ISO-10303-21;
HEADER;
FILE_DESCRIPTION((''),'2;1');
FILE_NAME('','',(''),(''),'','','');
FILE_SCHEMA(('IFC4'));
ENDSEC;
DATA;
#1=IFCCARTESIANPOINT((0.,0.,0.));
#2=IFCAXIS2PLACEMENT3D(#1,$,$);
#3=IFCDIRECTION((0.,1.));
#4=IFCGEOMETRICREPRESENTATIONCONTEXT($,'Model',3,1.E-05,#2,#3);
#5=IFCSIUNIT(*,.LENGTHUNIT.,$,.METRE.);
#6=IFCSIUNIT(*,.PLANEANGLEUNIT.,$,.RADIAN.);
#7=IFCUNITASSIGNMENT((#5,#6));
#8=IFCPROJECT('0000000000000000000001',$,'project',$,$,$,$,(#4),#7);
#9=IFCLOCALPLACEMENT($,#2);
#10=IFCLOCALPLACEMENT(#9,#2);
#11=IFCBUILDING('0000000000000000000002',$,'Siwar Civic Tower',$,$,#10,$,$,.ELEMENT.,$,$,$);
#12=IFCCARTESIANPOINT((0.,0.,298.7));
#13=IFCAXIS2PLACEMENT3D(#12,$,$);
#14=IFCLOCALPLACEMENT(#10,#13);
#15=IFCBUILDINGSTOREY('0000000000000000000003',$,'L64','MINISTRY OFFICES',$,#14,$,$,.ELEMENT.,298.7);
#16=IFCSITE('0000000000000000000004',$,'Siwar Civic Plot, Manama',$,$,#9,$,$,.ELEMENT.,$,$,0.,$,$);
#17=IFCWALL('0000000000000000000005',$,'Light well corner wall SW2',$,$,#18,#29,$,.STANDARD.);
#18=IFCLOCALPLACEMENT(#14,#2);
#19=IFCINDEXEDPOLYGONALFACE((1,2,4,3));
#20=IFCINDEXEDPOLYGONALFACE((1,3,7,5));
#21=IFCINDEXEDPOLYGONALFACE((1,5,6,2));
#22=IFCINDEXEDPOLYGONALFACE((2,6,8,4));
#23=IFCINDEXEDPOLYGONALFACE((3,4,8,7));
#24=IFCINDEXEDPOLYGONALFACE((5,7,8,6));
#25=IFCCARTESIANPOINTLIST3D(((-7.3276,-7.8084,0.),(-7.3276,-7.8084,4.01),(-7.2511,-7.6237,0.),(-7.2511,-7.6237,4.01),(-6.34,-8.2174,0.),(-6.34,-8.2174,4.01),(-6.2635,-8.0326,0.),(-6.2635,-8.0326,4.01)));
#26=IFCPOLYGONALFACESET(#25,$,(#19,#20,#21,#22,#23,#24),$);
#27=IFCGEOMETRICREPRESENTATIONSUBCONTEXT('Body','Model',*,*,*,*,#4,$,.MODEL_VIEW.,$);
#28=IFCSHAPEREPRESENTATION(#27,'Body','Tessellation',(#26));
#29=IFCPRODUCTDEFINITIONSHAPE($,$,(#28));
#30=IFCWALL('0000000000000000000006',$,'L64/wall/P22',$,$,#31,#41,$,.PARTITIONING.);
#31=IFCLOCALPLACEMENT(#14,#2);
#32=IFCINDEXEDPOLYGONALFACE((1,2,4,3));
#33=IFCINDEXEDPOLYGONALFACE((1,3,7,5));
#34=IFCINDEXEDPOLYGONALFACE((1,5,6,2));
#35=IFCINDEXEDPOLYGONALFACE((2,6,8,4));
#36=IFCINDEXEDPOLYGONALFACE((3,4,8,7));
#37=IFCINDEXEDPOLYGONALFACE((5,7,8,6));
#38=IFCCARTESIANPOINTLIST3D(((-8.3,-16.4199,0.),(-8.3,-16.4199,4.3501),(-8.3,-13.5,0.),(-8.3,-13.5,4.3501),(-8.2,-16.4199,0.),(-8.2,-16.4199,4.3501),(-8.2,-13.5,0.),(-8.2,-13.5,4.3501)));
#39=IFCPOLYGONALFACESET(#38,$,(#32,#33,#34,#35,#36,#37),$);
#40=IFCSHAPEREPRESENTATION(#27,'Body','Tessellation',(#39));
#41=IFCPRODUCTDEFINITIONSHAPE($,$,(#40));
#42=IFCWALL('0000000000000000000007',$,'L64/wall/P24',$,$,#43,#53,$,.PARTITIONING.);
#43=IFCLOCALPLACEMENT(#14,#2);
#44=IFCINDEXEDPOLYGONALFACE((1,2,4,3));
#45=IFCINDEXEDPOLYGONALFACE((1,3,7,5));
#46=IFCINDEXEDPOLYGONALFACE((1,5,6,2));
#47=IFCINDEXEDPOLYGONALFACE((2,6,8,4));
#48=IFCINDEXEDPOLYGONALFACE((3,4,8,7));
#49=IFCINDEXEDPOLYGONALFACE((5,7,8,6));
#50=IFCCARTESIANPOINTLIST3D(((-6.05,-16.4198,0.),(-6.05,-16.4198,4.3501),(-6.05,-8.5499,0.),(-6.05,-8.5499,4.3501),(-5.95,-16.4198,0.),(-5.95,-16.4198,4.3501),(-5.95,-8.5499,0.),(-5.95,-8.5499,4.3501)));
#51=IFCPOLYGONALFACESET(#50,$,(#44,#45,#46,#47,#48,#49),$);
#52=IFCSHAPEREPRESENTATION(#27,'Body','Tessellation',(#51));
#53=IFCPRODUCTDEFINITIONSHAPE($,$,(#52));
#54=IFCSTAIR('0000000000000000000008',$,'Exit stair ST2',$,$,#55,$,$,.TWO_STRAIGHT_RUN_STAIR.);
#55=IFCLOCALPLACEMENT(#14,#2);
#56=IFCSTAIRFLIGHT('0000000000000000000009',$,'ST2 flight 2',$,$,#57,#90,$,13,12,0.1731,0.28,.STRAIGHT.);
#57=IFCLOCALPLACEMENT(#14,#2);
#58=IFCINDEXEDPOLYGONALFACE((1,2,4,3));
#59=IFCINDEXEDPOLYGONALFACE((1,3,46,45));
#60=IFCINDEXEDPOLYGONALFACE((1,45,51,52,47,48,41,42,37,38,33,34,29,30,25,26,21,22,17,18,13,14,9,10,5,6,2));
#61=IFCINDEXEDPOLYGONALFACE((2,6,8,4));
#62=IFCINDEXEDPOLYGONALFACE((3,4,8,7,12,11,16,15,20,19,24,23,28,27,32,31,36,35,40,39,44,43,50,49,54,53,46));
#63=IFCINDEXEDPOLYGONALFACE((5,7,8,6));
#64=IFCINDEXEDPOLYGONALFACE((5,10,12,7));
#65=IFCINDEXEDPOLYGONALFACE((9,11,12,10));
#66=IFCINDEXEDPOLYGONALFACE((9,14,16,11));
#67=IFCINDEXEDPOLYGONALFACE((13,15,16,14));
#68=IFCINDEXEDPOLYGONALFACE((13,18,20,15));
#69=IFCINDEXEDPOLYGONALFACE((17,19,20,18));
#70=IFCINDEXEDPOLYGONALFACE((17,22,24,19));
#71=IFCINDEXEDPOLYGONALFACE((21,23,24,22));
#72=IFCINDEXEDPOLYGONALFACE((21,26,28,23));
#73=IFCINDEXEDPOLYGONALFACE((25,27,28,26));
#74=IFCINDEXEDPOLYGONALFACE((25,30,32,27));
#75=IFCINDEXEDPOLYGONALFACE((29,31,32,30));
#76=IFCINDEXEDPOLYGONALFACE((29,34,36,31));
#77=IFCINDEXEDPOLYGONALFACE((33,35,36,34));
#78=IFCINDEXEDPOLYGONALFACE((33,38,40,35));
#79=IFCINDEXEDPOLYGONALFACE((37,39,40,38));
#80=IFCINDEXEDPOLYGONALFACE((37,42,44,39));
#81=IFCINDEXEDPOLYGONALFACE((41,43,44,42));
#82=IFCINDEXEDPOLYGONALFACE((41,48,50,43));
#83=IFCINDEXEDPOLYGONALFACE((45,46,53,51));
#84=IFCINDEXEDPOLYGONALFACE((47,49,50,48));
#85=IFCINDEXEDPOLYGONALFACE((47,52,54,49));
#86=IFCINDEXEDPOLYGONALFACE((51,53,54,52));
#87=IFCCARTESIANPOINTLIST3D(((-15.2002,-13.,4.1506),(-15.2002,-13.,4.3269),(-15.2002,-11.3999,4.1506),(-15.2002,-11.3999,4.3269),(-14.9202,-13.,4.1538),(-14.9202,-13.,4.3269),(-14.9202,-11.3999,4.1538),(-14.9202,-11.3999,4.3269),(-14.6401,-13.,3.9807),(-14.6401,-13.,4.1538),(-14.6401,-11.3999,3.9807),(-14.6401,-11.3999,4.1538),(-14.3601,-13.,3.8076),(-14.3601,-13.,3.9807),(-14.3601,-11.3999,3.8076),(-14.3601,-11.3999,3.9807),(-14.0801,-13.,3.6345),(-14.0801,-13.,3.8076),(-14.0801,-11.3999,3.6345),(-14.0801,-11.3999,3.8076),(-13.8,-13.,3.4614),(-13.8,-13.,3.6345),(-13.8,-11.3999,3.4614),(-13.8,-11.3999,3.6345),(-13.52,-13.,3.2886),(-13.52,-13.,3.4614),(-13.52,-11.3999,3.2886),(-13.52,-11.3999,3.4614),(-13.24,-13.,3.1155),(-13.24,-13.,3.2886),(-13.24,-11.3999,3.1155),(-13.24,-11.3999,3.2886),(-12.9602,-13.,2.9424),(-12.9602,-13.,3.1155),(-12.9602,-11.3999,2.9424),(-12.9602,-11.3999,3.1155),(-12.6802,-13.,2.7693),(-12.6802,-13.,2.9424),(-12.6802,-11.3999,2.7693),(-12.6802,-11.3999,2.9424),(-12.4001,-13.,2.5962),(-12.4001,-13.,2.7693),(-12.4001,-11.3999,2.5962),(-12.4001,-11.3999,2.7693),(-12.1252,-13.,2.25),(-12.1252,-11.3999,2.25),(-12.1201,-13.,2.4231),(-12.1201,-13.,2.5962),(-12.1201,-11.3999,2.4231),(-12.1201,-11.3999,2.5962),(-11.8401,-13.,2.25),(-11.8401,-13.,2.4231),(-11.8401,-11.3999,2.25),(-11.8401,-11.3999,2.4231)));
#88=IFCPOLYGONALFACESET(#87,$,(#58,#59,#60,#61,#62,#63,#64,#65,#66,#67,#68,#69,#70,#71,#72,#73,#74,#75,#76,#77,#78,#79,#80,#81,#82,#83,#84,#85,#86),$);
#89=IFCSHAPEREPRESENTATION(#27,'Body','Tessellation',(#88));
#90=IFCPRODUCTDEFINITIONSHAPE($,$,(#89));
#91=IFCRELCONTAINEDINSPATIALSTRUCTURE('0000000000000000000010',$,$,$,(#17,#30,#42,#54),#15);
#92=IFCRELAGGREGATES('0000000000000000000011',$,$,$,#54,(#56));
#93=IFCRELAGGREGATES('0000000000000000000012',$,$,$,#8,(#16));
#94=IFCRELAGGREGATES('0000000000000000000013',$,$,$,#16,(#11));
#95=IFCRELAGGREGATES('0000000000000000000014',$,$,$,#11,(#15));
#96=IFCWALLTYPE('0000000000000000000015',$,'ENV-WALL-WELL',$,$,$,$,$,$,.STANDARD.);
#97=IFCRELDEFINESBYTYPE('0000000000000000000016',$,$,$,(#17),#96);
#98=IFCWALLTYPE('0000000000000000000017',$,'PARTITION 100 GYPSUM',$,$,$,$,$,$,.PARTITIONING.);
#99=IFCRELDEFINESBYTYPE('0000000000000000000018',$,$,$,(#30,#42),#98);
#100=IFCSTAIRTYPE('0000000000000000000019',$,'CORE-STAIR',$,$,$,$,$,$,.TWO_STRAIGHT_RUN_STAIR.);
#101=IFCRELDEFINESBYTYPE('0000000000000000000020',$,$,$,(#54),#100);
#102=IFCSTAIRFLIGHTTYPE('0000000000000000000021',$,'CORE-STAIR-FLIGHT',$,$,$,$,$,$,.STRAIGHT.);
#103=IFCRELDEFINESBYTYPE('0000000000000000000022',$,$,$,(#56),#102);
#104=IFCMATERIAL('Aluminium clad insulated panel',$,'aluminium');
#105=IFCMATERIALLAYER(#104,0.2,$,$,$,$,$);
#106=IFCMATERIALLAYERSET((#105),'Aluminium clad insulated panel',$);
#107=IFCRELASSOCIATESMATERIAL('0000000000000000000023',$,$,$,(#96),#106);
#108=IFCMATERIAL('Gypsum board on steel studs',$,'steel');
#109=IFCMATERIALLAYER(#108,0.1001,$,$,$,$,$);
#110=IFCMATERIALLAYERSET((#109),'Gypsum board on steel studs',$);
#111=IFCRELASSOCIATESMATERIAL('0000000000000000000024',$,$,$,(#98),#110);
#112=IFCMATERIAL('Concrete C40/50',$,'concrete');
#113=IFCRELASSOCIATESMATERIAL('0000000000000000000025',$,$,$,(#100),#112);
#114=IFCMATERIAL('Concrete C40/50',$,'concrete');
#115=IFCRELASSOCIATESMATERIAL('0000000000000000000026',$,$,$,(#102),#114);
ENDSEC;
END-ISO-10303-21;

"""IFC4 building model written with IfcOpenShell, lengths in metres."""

from ifc_helpers import new_model, si_unit, direction, frame, frame_2d, origin, place, context, subcontext, project, spatial, polyline, rectangle, outline, extrude, material, layer, layer_set, type_object, element, aggregate, save


model = new_model("IFC4")

# Units and contexts
model_context = context("Model", 3, precision=1e-05, world=origin(), true_north=direction((0.0, 1.0)))
body_context = subcontext(model_context, "Body", "Model", "MODEL_VIEW")
ifc_project = project(units=[si_unit("LENGTHUNIT", "METRE"), si_unit("PLANEANGLEUNIT", "RADIAN")], contexts=[model_context])

# Site, building, storey
site_placement = place(None, origin())
site = spatial("IfcSite", under=ifc_project, at=site_placement, Name="Siwar Civic Plot, Manama", CompositionType="ELEMENT", RefElevation=0.0)
building_placement = place(site_placement, origin())
building = spatial("IfcBuilding", under=site, at=building_placement, Name="Siwar Civic Tower", CompositionType="ELEMENT")
storey_placement = place(building_placement, frame((0.0, 0.0, 298.7)))
storey = spatial("IfcBuildingStorey", under=building, at=storey_placement, Name="L64", Description="MINISTRY OFFICES", CompositionType="ELEMENT", Elevation=298.7)

# Walls
ifc_material_1 = material(Name="Aluminium clad insulated panel", Category="aluminium")
ifc_layer_1 = layer(ifc_material_1, 0.2)
ifc_layer_set_1 = layer_set([ifc_layer_1], Name="Aluminium clad insulated panel")
wall_type_1 = type_object("IfcWallType", Name="ENV-WALL-WELL", PredefinedType="STANDARD", material=ifc_layer_set_1)
wall_1_placement = place(storey_placement, frame((-7.2893, -7.7161, 0.0), z_axis=(0.0, 0.0, 1.0), x_axis=(0.923919, -0.382587, 0.0)))
element("IfcWall", 1, at=wall_1_placement, inside=storey, type_object=wall_type_1, Name="Light well corner wall SW2", PredefinedType="STANDARD", context=body_context, shape_type="SweptSolid", body=[
    extrude(rectangle(XDim=1.0688, YDim=0.2, at=frame_2d((0.5344, 0.0))), origin(), (0.0, 0.0, 1.0), 4.01),
])
ifc_material_2 = material(Name="Gypsum board on steel studs", Category="steel")
ifc_layer_2 = layer(ifc_material_2, 0.1001)
ifc_layer_set_2 = layer_set([ifc_layer_2], Name="Gypsum board on steel studs")
wall_type_2 = type_object("IfcWallType", Name="PARTITION 100 GYPSUM", PredefinedType="PARTITIONING", material=ifc_layer_set_2)
wall_2_placement = place(storey_placement, frame((-8.25, -16.4199, 0.0), z_axis=(0.0, 0.0, 1.0), x_axis=(0.0, 1.0, 0.0)))
element("IfcWall", 2, at=wall_2_placement, inside=storey, type_object=wall_type_2, Name="L64/wall/P22", PredefinedType="PARTITIONING", context=body_context, shape_type="SweptSolid", body=[
    extrude(rectangle(XDim=2.9199, YDim=0.1001, at=frame_2d((1.46, 0.0))), origin(), (0.0, 0.0, 1.0), 4.3501),
])
wall_3_placement = place(storey_placement, frame((-6.0, -16.4199, 0.0), z_axis=(0.0, 0.0, 1.0), x_axis=(0.0, 1.0, 0.0)))
element("IfcWall", 3, at=wall_3_placement, inside=storey, type_object=wall_type_2, Name="L64/wall/P24", PredefinedType="PARTITIONING", context=body_context, shape_type="SweptSolid", body=[
    extrude(rectangle(XDim=7.8699, YDim=0.1001, at=frame_2d((3.9351, 0.0))), origin(), (0.0, 0.0, 1.0), 4.3501),
])

# Stair, stair flight
ifc_material_3 = material(Name="Concrete C40/50", Category="concrete")
stair_type = type_object("IfcStairType", Name="CORE-STAIR", PredefinedType="TWO_STRAIGHT_RUN_STAIR", material=ifc_material_3)
stair_placement = place(storey_placement, origin())
stair = element("IfcStair", 4, at=stair_placement, inside=storey, type_object=stair_type, Name="Exit stair ST2", PredefinedType="TWO_STRAIGHT_RUN_STAIR")
ifc_material_4 = material(Name="Concrete C40/50", Category="concrete")
stair_flight_type = type_object("IfcStairFlightType", Name="CORE-STAIR-FLIGHT", PredefinedType="STRAIGHT", material=ifc_material_4)
stair_flight_placement = place(storey_placement, frame((-11.8401, -12.2, 2.25), z_axis=(0.0, 0.0, 1.0), x_axis=(-1.0, 0.0, 0.0)))
stair_flight = element("IfcStairFlight", 5, at=stair_flight_placement, type_object=stair_flight_type, Name="ST2 flight 2", NumberOfRisers=13, NumberOfTreads=12, PredefinedType="STRAIGHT", RiserHeight=0.1731, TreadLength=0.28, context=body_context, shape_type="SweptSolid", body=[
    extrude(outline(polyline([(0.0, 0.0), (0.0, 0.1731), (0.28, 0.1731), (0.28, 0.3462), (0.5601, 0.3462), (0.5601, 0.5193), (0.8401, 0.5193), (0.8401, 0.6924), (1.1201, 0.6924), (1.1201, 0.8655), (1.3999, 0.8655), (1.3999, 1.0386), (1.6799, 1.0386), (1.6799, 1.2114), (1.96, 1.2114), (1.96, 1.3845), (2.24, 1.3845), (2.24, 1.5576), (2.52, 1.5576), (2.52, 1.7307), (2.8, 1.7307), (2.8, 1.9038), (3.0801, 1.9038), (3.0801, 2.0769), (3.3601, 2.0769), (3.3601, 2.25), (3.3601, 1.9006), (0.2852, 0.0), (0.0, 0.0)])), frame((0.0, 0.8, 0.0), z_axis=(0.0, -1.0, 0.0), x_axis=(1.0, 0.0, 0.0)), (0.0, 0.0, 1.0), 1.6001),
])
aggregate(stair, [stair_flight])

save(model, "model.ifc")
